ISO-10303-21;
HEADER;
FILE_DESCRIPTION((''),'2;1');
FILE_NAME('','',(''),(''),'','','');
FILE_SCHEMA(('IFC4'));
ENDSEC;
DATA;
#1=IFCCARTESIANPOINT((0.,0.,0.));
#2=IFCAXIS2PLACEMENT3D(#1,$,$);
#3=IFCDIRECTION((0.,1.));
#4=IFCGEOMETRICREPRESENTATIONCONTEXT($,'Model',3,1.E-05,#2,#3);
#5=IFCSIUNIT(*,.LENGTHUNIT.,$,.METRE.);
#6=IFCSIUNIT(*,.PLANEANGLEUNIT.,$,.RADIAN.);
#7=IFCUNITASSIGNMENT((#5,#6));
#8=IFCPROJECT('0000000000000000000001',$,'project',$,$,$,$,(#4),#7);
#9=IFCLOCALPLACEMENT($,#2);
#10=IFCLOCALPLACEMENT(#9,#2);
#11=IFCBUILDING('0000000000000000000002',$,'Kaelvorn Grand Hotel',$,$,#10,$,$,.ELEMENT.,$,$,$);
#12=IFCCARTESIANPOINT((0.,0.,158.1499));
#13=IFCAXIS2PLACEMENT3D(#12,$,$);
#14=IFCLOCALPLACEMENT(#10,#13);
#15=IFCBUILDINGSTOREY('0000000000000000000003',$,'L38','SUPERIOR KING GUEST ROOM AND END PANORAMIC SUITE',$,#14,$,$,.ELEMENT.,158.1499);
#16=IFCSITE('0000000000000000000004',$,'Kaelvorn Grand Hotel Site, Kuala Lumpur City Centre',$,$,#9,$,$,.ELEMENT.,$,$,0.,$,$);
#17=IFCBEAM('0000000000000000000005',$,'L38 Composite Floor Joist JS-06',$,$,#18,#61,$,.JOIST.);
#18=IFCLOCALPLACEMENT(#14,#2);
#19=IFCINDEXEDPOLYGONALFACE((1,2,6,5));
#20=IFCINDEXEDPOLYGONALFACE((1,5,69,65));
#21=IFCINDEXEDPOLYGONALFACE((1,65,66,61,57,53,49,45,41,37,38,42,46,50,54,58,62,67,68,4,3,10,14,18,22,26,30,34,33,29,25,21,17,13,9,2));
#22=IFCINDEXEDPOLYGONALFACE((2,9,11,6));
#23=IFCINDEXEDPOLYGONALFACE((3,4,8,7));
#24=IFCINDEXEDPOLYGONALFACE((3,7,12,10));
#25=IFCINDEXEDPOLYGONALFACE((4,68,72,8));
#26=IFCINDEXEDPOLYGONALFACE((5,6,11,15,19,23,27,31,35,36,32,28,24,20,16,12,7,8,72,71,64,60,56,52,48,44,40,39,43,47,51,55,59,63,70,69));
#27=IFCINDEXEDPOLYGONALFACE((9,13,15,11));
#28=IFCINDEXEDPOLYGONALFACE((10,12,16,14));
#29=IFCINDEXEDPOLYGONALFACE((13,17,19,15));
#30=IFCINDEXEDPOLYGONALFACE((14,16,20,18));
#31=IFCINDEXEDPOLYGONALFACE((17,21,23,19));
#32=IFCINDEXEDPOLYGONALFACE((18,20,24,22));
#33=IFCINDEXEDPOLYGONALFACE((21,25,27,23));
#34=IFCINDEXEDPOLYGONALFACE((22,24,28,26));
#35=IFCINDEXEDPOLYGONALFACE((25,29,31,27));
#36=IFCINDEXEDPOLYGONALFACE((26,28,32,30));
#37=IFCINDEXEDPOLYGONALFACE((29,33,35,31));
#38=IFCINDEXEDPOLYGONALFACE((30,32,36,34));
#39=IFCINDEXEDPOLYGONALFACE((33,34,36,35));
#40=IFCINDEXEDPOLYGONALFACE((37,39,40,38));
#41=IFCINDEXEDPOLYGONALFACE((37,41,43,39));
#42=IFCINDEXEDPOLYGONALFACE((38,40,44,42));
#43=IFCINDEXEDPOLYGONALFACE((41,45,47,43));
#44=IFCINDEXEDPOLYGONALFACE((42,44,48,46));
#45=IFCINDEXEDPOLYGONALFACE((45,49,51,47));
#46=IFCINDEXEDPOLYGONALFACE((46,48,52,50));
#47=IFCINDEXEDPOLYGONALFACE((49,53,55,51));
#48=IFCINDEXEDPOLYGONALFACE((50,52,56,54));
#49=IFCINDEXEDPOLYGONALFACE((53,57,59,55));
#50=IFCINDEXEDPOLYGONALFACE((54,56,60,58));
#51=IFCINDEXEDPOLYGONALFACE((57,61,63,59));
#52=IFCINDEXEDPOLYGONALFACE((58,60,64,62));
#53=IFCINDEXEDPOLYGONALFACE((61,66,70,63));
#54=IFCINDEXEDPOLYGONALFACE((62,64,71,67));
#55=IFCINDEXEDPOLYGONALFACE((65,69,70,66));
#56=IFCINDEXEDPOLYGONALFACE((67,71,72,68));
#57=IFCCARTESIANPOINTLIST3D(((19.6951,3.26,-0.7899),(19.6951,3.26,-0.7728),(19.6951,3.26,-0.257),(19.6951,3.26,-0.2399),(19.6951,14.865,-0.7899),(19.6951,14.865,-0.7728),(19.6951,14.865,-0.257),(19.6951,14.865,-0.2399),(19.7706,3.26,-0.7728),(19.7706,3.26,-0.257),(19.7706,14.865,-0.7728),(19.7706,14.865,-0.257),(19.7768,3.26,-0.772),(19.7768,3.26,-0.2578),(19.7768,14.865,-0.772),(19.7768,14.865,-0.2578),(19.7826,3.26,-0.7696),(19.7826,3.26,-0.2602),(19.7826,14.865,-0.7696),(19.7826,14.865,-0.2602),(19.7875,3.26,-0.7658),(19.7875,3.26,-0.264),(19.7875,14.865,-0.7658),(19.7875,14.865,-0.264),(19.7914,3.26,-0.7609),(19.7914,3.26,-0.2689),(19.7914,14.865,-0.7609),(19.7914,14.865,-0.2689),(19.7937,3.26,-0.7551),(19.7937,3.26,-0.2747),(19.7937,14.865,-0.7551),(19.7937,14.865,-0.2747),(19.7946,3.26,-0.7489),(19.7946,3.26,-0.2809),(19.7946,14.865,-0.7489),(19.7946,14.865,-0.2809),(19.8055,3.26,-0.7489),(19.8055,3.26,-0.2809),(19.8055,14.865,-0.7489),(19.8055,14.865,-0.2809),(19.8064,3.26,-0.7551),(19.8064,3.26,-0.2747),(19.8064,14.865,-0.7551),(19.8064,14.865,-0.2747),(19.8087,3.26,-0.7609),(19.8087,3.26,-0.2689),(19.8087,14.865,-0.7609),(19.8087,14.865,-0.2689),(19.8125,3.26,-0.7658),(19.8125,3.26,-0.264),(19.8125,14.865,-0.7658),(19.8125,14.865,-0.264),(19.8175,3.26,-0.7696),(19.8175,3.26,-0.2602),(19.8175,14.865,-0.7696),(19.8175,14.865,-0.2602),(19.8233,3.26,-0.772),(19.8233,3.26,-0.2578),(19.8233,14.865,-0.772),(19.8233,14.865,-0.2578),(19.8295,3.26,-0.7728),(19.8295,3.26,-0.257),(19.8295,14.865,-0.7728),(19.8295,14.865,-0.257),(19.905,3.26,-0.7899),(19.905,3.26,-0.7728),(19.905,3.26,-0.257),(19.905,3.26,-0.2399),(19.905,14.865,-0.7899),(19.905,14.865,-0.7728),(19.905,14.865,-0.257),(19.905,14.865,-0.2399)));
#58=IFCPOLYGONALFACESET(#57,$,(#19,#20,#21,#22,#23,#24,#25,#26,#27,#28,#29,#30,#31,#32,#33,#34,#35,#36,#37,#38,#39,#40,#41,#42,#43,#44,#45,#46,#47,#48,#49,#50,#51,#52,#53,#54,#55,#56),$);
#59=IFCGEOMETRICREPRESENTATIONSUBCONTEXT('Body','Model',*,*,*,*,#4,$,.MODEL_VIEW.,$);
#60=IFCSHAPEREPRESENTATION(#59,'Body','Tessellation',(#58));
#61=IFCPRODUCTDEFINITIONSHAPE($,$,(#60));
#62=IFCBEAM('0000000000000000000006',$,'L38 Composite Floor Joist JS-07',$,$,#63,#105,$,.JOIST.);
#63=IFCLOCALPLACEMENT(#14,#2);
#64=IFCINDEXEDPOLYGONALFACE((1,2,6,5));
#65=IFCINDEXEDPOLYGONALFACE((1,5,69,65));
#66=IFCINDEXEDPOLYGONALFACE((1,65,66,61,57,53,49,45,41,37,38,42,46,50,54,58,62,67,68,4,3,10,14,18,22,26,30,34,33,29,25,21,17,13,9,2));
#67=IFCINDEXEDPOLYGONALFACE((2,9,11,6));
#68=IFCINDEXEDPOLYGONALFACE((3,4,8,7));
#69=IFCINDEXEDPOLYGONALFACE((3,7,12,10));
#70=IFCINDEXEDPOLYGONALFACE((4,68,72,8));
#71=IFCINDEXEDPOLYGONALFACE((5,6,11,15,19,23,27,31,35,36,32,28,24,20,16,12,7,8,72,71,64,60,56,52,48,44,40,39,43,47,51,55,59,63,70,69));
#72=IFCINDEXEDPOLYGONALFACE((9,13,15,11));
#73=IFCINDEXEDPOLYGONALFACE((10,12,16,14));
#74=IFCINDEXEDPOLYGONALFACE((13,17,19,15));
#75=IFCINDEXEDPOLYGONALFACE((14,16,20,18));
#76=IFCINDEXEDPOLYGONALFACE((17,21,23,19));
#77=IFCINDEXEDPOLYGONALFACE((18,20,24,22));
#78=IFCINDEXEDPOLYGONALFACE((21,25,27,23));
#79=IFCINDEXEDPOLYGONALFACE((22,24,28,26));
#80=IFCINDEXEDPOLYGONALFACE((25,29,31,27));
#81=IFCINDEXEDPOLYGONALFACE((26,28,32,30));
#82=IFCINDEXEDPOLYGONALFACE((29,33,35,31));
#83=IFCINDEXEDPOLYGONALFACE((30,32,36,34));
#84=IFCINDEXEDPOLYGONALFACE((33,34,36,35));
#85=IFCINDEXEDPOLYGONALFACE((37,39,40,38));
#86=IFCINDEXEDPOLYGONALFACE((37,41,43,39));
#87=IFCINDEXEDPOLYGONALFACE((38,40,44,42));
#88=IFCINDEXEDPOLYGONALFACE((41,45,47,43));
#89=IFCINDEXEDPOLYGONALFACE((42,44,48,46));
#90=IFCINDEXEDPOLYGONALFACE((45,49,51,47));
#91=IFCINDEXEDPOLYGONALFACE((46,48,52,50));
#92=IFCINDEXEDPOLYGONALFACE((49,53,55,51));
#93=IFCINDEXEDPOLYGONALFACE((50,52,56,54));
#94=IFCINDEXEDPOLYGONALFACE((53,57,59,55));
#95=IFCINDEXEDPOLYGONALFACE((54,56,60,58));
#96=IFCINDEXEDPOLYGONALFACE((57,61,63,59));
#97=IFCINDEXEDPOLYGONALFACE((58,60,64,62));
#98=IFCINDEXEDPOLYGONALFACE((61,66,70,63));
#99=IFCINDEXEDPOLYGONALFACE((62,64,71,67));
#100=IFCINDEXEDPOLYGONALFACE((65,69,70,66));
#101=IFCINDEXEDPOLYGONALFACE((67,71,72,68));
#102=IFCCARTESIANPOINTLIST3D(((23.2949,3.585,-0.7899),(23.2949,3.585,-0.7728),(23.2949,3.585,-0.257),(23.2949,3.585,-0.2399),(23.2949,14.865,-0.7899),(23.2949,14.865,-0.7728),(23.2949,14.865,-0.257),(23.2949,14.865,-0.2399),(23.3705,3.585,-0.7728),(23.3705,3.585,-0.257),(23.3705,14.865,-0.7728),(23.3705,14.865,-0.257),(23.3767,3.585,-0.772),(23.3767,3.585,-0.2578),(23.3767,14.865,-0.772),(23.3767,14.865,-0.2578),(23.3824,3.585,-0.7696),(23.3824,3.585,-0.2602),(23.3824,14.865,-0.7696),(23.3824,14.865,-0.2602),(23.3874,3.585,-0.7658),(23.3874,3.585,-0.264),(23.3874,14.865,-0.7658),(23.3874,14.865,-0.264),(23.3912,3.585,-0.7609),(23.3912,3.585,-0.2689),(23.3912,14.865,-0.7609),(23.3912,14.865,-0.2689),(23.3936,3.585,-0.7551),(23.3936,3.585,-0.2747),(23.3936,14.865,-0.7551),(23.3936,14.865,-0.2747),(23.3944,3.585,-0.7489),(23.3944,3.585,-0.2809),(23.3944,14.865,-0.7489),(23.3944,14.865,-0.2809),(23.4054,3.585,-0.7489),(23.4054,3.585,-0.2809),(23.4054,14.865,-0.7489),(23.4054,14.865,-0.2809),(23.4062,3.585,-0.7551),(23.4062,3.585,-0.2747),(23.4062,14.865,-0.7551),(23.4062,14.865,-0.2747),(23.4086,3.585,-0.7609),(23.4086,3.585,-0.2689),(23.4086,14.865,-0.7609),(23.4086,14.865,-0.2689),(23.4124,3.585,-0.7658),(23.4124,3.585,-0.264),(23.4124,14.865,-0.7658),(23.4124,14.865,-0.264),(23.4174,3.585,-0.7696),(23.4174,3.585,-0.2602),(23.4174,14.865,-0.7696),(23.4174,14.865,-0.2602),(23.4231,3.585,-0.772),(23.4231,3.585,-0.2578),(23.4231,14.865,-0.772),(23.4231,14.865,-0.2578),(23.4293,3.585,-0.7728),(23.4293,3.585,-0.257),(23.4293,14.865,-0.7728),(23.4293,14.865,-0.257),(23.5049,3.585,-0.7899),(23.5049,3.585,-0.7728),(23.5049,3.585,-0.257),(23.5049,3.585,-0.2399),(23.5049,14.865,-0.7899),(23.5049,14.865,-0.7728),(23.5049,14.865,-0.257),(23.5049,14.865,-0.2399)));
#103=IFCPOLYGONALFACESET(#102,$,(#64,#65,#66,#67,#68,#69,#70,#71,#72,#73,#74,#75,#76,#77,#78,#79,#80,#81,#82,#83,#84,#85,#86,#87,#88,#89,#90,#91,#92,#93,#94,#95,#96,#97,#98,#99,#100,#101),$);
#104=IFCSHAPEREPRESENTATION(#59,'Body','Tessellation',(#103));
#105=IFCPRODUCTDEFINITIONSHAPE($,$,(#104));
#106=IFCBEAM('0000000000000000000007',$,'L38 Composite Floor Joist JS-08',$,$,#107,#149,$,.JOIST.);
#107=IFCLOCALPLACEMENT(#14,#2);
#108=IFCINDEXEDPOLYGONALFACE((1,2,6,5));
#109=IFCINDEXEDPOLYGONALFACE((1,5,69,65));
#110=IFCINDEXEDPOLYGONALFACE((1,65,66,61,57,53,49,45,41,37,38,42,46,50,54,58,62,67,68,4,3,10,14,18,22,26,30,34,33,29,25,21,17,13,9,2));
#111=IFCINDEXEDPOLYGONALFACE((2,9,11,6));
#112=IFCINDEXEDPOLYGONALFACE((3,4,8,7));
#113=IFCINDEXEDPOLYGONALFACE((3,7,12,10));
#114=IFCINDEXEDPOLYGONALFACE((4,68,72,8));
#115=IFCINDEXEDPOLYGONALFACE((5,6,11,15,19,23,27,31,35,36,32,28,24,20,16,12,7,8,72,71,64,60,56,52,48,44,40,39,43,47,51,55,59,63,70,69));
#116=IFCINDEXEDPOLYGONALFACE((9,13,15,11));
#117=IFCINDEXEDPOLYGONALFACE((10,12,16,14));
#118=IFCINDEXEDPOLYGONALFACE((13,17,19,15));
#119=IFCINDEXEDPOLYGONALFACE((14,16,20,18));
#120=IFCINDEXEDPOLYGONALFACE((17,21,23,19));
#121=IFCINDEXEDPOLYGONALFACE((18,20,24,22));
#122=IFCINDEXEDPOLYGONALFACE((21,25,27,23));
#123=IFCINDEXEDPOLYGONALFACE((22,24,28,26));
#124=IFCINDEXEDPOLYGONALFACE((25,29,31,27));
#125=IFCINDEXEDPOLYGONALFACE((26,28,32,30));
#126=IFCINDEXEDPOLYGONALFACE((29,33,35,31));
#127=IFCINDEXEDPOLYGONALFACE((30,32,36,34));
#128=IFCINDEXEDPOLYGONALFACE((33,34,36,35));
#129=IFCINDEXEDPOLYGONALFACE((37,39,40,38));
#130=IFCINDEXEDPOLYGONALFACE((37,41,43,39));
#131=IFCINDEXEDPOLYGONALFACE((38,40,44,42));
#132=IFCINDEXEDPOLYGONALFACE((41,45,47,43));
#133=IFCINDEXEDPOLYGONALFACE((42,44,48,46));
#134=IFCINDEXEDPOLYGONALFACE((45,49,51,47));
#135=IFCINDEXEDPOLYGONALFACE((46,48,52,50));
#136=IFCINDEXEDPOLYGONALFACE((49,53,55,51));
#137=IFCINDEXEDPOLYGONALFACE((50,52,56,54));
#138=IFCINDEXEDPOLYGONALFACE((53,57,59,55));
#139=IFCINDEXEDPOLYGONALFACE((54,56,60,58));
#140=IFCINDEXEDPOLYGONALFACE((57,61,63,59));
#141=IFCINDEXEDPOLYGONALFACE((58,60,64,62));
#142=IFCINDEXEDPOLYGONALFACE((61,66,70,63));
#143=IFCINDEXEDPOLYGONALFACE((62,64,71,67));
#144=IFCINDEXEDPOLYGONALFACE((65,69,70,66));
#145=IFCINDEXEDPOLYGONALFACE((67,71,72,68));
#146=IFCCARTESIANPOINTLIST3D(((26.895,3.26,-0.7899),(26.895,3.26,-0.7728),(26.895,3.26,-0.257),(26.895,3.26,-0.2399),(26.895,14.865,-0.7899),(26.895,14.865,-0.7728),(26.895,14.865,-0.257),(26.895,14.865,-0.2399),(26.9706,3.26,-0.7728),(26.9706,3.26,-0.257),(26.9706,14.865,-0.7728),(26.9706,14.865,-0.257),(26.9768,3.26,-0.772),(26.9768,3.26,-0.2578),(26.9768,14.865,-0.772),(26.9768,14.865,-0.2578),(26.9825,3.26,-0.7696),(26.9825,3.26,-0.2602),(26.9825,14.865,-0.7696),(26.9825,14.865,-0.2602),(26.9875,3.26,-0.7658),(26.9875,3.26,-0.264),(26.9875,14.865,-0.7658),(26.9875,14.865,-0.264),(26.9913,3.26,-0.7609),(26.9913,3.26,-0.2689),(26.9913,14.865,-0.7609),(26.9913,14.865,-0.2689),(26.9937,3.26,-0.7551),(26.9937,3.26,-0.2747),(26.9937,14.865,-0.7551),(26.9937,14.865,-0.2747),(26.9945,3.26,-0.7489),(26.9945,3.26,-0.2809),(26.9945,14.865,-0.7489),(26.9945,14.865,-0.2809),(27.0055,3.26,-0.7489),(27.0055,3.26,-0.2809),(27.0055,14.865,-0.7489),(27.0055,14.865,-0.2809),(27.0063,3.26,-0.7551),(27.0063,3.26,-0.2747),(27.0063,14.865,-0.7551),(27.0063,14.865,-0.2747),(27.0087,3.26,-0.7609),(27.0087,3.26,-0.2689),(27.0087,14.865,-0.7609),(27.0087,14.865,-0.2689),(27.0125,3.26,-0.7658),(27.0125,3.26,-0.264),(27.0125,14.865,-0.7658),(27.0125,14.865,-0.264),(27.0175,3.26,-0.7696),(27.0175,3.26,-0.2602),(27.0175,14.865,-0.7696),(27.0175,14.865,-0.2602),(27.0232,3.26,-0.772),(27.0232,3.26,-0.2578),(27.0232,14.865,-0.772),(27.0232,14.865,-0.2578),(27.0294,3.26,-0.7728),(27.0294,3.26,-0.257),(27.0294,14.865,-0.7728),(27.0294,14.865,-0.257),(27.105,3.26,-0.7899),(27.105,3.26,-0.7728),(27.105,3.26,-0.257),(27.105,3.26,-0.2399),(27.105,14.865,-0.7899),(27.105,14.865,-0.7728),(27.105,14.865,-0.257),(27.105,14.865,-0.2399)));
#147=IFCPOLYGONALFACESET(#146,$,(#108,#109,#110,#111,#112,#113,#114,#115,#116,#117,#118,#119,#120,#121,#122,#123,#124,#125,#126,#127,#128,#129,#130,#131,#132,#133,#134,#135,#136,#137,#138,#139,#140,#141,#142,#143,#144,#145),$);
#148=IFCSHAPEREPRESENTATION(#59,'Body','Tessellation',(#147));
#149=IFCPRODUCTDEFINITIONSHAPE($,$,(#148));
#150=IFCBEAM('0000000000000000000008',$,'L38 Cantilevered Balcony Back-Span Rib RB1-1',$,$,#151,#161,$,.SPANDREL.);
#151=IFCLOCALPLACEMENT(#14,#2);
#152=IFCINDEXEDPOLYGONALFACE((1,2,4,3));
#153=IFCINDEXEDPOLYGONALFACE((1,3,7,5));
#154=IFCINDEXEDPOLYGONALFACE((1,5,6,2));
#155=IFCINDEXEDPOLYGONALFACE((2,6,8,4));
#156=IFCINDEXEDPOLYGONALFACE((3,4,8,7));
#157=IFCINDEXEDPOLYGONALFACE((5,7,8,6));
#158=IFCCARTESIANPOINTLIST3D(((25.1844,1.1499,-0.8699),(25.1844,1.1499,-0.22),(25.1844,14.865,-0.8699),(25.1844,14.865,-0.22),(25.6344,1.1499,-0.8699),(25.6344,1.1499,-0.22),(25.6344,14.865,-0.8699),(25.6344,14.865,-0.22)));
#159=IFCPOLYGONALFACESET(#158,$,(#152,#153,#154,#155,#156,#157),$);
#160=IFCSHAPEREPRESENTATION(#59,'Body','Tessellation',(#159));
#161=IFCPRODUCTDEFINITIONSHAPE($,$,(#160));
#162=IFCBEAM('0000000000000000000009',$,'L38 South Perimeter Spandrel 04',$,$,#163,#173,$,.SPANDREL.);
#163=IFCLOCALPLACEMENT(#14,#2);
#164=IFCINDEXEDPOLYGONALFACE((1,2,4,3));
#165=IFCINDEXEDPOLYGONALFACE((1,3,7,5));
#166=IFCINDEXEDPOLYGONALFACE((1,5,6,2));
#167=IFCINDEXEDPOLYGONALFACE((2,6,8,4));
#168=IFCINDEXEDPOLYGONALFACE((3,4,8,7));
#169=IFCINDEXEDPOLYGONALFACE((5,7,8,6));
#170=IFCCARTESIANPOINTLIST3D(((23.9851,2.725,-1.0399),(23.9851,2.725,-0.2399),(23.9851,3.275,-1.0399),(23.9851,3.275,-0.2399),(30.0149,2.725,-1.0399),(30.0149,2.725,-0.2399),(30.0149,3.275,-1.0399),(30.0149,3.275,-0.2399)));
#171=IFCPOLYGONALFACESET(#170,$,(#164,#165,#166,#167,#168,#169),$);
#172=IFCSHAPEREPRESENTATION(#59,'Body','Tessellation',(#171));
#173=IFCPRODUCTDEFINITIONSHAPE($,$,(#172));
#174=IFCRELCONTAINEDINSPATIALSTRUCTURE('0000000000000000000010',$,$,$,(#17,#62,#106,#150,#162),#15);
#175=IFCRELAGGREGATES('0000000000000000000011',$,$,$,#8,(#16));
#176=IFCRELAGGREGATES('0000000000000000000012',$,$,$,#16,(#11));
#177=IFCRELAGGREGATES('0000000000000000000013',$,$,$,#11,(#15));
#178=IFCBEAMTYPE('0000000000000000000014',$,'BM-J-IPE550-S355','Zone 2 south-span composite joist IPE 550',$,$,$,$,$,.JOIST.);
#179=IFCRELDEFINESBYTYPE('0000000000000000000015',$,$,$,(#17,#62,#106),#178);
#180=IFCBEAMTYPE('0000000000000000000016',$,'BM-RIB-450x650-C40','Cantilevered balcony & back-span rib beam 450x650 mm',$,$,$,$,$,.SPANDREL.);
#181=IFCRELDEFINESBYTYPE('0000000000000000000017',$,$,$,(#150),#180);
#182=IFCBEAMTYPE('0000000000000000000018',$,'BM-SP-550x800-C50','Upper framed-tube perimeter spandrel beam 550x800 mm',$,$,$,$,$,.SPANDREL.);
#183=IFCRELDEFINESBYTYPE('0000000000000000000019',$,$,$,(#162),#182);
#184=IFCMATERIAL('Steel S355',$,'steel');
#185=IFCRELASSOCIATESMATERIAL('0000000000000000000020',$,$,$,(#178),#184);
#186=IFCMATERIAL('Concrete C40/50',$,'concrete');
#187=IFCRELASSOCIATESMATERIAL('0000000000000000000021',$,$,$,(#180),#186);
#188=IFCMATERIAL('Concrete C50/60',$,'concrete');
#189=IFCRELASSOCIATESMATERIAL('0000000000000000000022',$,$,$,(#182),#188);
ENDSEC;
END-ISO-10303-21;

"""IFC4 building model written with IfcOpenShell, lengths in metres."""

from ifc_helpers import new_model, si_unit, direction, frame, origin, origin_2d, place, context, subcontext, project, spatial, rectangle, i_section, extrude, material, material_profile, profile_set, type_object, element, save


model = new_model("IFC4")

# Units and contexts
model_context = context("Model", 3, precision=1e-05, world=origin(), true_north=direction((0.0, 1.0)))
body_context = subcontext(model_context, "Body", "Model", "MODEL_VIEW")
ifc_project = project(units=[si_unit("LENGTHUNIT", "METRE"), si_unit("PLANEANGLEUNIT", "RADIAN")], contexts=[model_context])

# Site, building, storey
site_placement = place(None, origin())
site = spatial("IfcSite", under=ifc_project, at=site_placement, Name="Kaelvorn Grand Hotel Site, Kuala Lumpur City Centre", CompositionType="ELEMENT", RefElevation=0.0)
building_placement = place(site_placement, origin())
building = spatial("IfcBuilding", under=site, at=building_placement, Name="Kaelvorn Grand Hotel", CompositionType="ELEMENT")
storey_placement = place(building_placement, frame((0.0, 0.0, 158.1499)))
storey = spatial("IfcBuildingStorey", under=building, at=storey_placement, Name="L38", Description="SUPERIOR KING GUEST ROOM AND END PANORAMIC SUITE", CompositionType="ELEMENT", Elevation=158.1499)

# Beams
ifc_material_1 = material(Name="Steel S355", Category="steel")
ifc_material_profile_1 = material_profile(ifc_material_1, i_section(OverallWidth=0.21, OverallDepth=0.55, WebThickness=0.011, FlangeThickness=0.0171, FilletRadius=0.0239, at=origin_2d()), Name="IPE 550")
ifc_profile_set_1 = profile_set([ifc_material_profile_1], Name="Steel S355")
beam_type_1 = type_object("IfcBeamType", Name="BM-J-IPE550-S355", Description="Zone 2 south-span composite joist IPE 550", PredefinedType="JOIST", material=ifc_profile_set_1)
beam_1_placement = place(storey_placement, frame((19.8, 3.26, -0.5149), z_axis=(0.0, 1.0, 0.0), x_axis=(-1.0, 0.0, 0.0)))
element("IfcBeam", 1, at=beam_1_placement, inside=storey, type_object=beam_type_1, Name="L38 Composite Floor Joist JS-06", PredefinedType="JOIST", context=body_context, shape_type="SweptSolid", body=[
    extrude(i_section(OverallWidth=0.21, OverallDepth=0.55, WebThickness=0.011, FlangeThickness=0.0171, FilletRadius=0.0239, at=origin_2d()), origin(), (0.0, 0.0, 1.0), 11.605),
])
beam_2_placement = place(storey_placement, frame((23.3999, 3.585, -0.5149), z_axis=(0.0, 1.0, 0.0), x_axis=(-1.0, 0.0, 0.0)))
element("IfcBeam", 2, at=beam_2_placement, inside=storey, type_object=beam_type_1, Name="L38 Composite Floor Joist JS-07", PredefinedType="JOIST", context=body_context, shape_type="SweptSolid", body=[
    extrude(i_section(OverallWidth=0.21, OverallDepth=0.55, WebThickness=0.011, FlangeThickness=0.0171, FilletRadius=0.0239, at=origin_2d()), origin(), (0.0, 0.0, 1.0), 11.28),
])
beam_3_placement = place(storey_placement, frame((27.0, 3.26, -0.5149), z_axis=(0.0, 1.0, 0.0), x_axis=(-1.0, 0.0, 0.0)))
element("IfcBeam", 3, at=beam_3_placement, inside=storey, type_object=beam_type_1, Name="L38 Composite Floor Joist JS-08", PredefinedType="JOIST", context=body_context, shape_type="SweptSolid", body=[
    extrude(i_section(OverallWidth=0.21, OverallDepth=0.55, WebThickness=0.011, FlangeThickness=0.0171, FilletRadius=0.0239, at=origin_2d()), origin(), (0.0, 0.0, 1.0), 11.605),
])
ifc_material_2 = material(Name="Concrete C40/50", Category="concrete")
ifc_material_profile_2 = material_profile(ifc_material_2, rectangle(XDim=0.45, YDim=0.6499, at=origin_2d()), Name="RC RIB 450x650")
ifc_profile_set_2 = profile_set([ifc_material_profile_2], Name="Concrete C40/50")
beam_type_2 = type_object("IfcBeamType", Name="BM-RIB-450x650-C40", Description="Cantilevered balcony & back-span rib beam 450x650 mm", PredefinedType="SPANDREL", material=ifc_profile_set_2)
beam_4_placement = place(storey_placement, frame((25.4094, 1.1499, -0.5449), z_axis=(0.0, 1.0, 0.0), x_axis=(-1.0, 0.0, 0.0)))
element("IfcBeam", 4, at=beam_4_placement, inside=storey, type_object=beam_type_2, Name="L38 Cantilevered Balcony Back-Span Rib RB1-1", PredefinedType="SPANDREL", context=body_context, shape_type="SweptSolid", body=[
    extrude(rectangle(XDim=0.45, YDim=0.6499, at=origin_2d()), origin(), (0.0, 0.0, 1.0), 13.7151),
])
ifc_material_3 = material(Name="Concrete C50/60", Category="concrete")
ifc_material_profile_3 = material_profile(ifc_material_3, rectangle(XDim=0.55, YDim=0.8, at=origin_2d()), Name="RC SPANDREL 550x800")
ifc_profile_set_3 = profile_set([ifc_material_profile_3], Name="Concrete C50/60")
beam_type_3 = type_object("IfcBeamType", Name="BM-SP-550x800-C50", Description="Upper framed-tube perimeter spandrel beam 550x800 mm", PredefinedType="SPANDREL", material=ifc_profile_set_3)
beam_5_placement = place(storey_placement, frame((23.9851, 3.0, -0.6399), z_axis=(1.0, 0.0, 0.0), x_axis=(0.0, 1.0, 0.0)))
element("IfcBeam", 5, at=beam_5_placement, inside=storey, type_object=beam_type_3, Name="L38 South Perimeter Spandrel 04", PredefinedType="SPANDREL", context=body_context, shape_type="SweptSolid", body=[
    extrude(rectangle(XDim=0.55, YDim=0.8, at=origin_2d()), origin(), (0.0, 0.0, 1.0), 6.0298),
])

save(model, "model.ifc")
